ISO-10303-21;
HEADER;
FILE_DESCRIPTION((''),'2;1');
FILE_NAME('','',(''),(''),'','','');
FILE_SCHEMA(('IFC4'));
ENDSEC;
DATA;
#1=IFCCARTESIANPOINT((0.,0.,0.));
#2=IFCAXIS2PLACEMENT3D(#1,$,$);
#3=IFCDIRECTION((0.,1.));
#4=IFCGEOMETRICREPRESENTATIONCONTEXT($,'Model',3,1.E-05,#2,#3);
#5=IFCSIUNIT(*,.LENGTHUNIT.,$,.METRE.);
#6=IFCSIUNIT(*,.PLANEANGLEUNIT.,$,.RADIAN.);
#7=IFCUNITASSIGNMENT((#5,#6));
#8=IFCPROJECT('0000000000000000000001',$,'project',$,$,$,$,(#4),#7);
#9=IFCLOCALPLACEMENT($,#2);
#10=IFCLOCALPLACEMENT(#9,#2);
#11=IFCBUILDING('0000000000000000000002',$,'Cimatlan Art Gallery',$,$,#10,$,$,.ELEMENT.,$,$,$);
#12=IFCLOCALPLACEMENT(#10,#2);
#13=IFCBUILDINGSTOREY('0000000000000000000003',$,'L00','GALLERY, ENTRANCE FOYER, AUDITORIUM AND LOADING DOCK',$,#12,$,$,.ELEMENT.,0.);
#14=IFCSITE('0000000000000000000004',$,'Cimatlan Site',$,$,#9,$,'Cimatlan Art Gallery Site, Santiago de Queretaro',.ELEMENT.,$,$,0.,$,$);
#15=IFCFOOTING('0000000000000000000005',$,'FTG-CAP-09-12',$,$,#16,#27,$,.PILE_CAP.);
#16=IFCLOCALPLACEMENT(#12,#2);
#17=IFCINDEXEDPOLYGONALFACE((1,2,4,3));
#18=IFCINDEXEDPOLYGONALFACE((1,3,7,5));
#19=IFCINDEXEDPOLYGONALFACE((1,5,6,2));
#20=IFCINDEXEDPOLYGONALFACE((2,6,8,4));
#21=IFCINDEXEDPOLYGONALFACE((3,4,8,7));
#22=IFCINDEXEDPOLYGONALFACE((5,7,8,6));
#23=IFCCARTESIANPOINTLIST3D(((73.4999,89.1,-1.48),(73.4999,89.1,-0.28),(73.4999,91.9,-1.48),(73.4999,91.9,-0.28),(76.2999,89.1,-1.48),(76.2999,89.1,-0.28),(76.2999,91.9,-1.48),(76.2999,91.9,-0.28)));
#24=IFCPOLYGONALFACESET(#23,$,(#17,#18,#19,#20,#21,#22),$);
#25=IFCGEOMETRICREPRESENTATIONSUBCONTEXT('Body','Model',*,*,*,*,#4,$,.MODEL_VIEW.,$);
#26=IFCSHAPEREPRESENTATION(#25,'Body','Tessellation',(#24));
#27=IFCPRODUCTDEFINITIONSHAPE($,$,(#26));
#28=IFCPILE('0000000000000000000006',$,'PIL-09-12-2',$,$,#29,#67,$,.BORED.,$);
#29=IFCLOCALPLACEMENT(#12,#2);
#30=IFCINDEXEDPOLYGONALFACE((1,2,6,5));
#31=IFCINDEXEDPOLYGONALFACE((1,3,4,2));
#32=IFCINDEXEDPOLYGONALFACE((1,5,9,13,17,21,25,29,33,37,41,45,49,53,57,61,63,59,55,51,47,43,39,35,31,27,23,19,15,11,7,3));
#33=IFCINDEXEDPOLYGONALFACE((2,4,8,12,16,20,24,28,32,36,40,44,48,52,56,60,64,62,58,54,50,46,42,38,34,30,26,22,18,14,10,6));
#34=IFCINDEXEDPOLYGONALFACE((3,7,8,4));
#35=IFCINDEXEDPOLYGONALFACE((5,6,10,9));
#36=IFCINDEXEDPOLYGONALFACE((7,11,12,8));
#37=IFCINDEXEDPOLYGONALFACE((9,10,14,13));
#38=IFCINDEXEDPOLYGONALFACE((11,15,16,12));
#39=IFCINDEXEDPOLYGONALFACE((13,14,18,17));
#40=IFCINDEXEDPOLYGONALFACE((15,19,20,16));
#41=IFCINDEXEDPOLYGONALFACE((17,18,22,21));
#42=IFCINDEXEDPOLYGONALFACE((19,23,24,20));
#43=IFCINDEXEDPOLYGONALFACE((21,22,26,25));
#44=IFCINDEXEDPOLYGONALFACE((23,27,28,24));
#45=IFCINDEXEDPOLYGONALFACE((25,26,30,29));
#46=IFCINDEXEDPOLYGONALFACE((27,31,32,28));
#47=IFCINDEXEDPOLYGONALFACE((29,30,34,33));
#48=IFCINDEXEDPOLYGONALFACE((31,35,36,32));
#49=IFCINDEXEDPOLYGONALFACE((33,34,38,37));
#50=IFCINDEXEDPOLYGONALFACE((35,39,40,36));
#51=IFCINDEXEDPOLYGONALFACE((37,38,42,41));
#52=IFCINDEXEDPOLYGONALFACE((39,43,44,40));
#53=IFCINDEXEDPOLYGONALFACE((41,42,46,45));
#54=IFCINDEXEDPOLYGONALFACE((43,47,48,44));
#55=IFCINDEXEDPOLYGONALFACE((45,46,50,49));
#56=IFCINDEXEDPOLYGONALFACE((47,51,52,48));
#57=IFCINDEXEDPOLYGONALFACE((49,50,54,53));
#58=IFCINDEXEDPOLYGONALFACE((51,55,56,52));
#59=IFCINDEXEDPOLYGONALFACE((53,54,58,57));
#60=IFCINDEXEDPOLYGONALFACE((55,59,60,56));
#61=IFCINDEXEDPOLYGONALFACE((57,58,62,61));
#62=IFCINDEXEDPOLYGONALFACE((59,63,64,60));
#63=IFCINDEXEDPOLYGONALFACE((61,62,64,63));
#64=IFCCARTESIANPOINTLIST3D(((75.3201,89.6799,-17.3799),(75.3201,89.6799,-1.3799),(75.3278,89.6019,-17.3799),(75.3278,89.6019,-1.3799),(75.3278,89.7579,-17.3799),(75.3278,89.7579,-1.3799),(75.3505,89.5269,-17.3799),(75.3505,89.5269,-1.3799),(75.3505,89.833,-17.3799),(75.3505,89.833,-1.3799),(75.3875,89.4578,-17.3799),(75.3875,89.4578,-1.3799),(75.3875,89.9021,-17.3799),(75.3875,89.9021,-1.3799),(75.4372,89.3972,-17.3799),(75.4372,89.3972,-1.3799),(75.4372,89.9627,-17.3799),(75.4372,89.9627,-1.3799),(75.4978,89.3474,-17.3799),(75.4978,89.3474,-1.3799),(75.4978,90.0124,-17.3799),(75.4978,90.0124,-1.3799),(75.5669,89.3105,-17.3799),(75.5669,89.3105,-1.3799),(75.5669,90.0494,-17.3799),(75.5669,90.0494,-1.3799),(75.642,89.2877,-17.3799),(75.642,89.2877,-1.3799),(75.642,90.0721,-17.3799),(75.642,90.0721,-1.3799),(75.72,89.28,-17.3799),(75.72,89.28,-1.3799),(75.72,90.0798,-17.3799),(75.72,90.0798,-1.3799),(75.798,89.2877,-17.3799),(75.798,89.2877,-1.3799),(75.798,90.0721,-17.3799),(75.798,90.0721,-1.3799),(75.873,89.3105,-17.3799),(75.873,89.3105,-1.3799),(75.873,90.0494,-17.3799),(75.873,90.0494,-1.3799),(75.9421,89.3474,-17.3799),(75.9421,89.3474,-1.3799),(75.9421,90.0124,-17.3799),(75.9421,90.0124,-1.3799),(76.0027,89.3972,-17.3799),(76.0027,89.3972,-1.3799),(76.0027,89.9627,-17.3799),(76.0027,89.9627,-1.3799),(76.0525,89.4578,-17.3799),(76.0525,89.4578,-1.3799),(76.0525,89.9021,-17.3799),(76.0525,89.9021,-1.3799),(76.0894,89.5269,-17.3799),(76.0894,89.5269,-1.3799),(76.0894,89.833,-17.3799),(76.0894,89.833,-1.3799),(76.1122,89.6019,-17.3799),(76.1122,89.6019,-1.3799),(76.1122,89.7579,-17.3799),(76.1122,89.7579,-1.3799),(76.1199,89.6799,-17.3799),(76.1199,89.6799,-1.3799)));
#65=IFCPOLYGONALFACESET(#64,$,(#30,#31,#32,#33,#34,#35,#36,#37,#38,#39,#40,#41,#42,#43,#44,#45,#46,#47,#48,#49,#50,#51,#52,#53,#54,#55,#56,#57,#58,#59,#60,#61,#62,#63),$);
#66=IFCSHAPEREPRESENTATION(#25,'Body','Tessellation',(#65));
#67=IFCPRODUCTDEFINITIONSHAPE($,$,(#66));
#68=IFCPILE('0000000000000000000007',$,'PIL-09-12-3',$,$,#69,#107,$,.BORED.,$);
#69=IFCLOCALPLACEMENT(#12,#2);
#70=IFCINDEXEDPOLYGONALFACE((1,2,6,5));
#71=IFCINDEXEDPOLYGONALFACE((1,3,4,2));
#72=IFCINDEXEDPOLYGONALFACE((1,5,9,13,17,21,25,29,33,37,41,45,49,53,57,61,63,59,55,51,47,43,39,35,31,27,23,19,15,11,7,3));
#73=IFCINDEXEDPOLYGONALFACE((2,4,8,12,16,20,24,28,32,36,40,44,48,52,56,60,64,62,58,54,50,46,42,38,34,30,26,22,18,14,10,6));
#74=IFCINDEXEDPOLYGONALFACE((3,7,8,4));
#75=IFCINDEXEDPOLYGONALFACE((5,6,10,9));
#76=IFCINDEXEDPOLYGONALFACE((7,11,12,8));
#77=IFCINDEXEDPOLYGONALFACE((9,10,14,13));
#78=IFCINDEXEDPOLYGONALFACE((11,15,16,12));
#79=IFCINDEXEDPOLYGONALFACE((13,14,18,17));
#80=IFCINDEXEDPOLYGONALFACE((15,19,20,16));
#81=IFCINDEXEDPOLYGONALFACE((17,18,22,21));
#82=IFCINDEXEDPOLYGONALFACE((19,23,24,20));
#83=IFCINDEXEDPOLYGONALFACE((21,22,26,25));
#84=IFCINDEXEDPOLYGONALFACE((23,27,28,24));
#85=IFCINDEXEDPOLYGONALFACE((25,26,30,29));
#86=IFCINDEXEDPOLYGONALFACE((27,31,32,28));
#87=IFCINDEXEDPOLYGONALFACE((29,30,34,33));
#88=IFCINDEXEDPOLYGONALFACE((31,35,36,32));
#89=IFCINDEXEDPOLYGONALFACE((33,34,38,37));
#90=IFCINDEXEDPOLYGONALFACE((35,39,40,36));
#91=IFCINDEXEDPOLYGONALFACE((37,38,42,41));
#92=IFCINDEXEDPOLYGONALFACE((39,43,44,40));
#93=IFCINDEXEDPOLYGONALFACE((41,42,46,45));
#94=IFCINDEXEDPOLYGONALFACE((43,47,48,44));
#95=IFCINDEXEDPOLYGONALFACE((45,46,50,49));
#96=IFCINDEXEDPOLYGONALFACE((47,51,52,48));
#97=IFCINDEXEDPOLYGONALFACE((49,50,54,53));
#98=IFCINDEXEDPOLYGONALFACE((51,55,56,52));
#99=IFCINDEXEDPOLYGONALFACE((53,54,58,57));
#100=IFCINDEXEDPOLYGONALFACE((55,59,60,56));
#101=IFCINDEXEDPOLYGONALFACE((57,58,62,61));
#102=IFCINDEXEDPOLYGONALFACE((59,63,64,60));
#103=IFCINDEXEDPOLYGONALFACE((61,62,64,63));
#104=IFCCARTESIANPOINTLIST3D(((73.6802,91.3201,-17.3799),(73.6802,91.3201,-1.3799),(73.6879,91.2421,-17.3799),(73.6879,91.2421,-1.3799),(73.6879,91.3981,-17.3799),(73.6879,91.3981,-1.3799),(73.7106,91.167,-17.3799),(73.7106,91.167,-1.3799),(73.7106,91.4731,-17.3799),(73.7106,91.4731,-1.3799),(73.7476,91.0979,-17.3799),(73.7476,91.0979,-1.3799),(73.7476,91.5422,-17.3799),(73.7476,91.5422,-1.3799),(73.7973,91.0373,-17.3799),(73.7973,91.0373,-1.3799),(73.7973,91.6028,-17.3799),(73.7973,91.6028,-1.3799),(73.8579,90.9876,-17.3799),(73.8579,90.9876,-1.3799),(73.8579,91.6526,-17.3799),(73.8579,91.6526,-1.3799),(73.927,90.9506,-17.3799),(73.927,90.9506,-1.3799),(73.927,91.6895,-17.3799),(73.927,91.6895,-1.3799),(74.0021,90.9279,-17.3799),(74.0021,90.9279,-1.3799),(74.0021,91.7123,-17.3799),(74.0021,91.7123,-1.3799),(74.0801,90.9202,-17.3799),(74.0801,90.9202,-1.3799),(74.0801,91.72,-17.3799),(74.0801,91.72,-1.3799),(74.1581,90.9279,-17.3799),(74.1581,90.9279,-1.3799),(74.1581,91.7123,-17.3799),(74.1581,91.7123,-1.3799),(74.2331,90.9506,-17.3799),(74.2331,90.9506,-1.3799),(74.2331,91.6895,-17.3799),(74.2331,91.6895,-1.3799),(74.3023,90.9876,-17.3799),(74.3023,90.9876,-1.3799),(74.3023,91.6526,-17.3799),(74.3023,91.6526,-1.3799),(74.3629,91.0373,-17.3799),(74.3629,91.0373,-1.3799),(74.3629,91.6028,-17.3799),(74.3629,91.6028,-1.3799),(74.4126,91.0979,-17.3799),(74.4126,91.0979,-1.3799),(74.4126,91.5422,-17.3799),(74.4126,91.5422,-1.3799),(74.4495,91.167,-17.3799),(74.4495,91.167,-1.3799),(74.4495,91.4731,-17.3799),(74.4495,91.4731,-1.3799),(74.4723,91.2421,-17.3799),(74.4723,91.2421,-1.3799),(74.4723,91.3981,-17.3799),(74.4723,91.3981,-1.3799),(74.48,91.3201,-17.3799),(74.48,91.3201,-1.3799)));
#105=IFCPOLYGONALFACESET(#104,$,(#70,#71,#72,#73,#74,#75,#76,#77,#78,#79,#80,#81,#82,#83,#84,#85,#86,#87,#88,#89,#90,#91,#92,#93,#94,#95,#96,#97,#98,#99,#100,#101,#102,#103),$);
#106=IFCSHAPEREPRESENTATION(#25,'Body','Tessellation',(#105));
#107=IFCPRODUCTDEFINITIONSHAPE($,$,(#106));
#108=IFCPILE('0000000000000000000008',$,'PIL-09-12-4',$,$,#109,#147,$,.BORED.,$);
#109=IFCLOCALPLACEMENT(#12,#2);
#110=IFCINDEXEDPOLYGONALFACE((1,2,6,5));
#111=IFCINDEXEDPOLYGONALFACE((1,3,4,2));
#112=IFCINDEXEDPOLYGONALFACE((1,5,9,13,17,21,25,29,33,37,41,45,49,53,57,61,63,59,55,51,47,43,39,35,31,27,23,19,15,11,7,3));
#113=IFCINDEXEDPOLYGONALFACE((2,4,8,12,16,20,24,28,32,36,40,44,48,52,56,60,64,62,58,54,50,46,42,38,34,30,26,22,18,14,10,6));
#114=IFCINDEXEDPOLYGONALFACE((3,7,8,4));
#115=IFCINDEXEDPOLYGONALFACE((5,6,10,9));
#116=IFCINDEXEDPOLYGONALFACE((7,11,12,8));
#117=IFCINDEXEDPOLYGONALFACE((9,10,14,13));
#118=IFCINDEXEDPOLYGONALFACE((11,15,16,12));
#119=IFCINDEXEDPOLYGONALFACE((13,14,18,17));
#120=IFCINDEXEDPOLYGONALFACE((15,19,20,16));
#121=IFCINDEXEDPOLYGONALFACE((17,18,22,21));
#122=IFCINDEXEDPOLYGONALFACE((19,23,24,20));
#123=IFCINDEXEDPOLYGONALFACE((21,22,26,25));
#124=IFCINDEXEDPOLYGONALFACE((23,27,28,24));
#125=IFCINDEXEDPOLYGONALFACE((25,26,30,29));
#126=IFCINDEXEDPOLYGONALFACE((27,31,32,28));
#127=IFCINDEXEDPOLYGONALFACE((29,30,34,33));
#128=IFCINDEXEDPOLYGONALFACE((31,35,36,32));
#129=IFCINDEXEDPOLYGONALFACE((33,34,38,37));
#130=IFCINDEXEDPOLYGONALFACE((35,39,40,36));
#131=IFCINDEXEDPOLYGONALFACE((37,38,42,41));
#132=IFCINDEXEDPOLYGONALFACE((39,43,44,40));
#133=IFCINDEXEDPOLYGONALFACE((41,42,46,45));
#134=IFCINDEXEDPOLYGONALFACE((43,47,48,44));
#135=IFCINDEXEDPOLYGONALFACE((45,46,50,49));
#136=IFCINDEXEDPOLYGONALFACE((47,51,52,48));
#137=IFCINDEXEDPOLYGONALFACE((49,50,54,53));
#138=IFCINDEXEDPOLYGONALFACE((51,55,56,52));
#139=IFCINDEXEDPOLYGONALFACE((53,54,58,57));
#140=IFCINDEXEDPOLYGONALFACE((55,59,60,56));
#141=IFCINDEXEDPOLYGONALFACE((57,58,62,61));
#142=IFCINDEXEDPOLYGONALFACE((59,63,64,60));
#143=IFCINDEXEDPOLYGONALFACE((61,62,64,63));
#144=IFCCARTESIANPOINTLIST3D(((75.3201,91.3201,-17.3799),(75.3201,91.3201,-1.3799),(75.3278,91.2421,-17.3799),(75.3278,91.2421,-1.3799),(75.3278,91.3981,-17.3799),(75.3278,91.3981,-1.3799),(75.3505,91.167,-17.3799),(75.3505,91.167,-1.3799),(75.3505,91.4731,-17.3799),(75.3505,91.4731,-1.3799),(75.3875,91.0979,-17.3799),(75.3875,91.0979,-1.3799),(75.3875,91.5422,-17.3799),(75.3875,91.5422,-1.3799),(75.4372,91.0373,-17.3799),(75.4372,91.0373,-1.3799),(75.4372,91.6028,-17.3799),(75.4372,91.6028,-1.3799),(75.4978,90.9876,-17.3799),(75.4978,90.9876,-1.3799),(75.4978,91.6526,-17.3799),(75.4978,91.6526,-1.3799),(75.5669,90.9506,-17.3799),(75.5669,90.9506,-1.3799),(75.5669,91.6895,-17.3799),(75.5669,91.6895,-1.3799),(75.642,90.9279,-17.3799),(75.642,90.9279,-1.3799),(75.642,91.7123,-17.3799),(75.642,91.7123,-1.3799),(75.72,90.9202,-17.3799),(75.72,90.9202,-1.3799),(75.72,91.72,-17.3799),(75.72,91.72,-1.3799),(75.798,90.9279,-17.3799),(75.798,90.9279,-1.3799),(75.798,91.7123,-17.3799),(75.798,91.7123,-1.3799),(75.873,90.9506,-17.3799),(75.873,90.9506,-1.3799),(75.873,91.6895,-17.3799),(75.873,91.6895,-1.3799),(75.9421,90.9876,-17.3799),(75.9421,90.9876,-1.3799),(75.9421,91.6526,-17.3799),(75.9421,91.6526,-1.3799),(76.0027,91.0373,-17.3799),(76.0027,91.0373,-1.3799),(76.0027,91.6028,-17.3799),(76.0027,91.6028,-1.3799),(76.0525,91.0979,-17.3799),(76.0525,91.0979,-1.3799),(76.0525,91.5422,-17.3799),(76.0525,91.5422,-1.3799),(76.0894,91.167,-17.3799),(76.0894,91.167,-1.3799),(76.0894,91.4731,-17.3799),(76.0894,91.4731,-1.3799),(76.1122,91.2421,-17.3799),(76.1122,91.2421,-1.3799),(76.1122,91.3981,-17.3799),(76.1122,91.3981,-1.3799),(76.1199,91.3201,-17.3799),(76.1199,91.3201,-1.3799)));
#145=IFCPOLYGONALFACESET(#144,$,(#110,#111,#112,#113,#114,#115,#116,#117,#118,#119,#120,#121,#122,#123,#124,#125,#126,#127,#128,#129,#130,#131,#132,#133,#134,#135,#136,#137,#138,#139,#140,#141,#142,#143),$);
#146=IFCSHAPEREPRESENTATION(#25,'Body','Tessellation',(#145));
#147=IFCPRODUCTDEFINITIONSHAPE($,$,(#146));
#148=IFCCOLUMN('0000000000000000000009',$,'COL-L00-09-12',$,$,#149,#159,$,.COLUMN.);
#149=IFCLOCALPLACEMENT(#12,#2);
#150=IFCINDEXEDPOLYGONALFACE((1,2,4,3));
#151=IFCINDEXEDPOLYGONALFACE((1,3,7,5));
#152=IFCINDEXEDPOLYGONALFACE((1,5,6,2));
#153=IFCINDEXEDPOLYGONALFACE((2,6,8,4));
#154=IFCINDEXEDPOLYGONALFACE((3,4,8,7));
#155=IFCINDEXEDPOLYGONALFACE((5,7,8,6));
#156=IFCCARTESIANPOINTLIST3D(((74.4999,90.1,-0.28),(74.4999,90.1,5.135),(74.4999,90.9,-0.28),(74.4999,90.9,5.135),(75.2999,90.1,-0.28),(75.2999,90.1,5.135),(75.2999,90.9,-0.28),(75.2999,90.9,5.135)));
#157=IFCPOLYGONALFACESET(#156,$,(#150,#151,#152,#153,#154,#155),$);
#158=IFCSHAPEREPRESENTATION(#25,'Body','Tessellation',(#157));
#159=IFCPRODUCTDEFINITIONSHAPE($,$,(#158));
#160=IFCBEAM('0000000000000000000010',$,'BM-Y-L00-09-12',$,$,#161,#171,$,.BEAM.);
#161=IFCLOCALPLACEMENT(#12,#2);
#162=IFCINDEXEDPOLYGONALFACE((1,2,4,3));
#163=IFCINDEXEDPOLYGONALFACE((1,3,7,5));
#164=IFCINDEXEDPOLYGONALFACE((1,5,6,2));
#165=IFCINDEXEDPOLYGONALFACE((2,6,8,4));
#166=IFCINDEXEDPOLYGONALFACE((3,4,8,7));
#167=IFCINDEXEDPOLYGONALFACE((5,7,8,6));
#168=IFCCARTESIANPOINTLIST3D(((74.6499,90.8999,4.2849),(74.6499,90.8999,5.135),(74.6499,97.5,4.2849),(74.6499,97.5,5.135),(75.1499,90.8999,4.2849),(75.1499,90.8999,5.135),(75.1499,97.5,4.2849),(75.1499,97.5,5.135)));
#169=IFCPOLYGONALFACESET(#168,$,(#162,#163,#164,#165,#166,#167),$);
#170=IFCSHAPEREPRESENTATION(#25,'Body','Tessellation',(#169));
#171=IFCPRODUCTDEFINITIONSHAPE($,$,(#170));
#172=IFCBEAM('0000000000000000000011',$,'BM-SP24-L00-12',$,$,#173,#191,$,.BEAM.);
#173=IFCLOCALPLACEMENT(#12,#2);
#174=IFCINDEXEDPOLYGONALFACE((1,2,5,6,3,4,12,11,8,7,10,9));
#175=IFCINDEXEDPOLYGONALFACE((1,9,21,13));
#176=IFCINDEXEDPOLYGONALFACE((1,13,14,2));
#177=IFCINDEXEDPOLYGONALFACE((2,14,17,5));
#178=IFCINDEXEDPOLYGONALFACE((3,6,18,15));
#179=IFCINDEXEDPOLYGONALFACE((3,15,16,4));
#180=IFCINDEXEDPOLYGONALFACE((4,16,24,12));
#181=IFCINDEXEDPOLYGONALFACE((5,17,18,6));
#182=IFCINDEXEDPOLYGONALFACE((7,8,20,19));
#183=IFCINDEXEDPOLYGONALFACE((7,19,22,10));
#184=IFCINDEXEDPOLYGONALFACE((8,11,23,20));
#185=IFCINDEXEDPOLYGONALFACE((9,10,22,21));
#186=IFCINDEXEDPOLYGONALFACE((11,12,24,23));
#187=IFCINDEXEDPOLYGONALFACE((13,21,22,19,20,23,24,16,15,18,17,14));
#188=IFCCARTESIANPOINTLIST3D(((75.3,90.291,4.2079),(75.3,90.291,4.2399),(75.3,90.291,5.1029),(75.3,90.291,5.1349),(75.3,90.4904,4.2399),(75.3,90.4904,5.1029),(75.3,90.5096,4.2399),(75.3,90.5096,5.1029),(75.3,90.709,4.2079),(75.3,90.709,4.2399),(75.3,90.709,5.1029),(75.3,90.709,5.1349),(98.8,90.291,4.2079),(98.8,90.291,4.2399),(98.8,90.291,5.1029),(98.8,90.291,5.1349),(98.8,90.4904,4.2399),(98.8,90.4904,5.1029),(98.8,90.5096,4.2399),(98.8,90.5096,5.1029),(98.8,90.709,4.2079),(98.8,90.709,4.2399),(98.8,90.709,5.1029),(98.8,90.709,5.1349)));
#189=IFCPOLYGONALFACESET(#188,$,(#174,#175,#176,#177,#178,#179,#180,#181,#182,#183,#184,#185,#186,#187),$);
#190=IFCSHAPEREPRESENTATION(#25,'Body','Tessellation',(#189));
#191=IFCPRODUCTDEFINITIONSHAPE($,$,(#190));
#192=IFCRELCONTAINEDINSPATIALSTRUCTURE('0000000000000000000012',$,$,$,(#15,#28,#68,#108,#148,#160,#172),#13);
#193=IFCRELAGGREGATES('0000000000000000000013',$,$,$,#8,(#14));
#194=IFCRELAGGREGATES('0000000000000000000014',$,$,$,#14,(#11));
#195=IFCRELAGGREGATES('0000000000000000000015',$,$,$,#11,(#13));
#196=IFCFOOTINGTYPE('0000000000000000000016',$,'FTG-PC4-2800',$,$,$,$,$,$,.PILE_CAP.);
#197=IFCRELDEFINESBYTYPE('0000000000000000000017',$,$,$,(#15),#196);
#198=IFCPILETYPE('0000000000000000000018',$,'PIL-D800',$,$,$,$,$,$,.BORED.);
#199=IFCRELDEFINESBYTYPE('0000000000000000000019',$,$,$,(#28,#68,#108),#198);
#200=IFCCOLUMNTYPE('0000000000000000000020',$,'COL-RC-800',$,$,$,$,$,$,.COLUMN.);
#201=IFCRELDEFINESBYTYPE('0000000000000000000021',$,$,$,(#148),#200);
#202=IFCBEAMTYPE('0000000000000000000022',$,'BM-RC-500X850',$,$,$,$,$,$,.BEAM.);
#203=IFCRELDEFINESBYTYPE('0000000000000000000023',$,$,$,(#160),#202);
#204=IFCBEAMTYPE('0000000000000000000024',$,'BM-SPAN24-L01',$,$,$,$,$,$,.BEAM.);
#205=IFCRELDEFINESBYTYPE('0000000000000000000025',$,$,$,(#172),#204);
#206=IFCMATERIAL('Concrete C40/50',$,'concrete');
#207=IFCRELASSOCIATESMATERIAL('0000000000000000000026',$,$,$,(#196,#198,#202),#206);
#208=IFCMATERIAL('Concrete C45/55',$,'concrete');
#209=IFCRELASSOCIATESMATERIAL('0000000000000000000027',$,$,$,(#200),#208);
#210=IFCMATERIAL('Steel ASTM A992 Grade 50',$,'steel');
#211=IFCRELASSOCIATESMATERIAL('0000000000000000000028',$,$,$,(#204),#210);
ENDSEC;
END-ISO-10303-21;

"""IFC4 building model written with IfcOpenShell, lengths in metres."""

from ifc_helpers import new_model, si_unit, direction, frame, origin, origin_2d, place, context, subcontext, project, spatial, rectangle, circle, i_section, extrude, material, material_profile, profile_set, type_object, element, save


model = new_model("IFC4")

# Units and contexts
model_context = context("Model", 3, precision=1e-05, world=origin(), true_north=direction((0.0, 1.0)))
body_context = subcontext(model_context, "Body", "Model", "MODEL_VIEW")
ifc_project = project(units=[si_unit("LENGTHUNIT", "METRE"), si_unit("PLANEANGLEUNIT", "RADIAN")], contexts=[model_context])

# Site, building, storey
site_placement = place(None, origin())
site = spatial("IfcSite", under=ifc_project, at=site_placement, Name="Cimatlan Site", LongName="Cimatlan Art Gallery Site, Santiago de Queretaro", CompositionType="ELEMENT", RefElevation=0.0)
building_placement = place(site_placement, origin())
building = spatial("IfcBuilding", under=site, at=building_placement, Name="Cimatlan Art Gallery", CompositionType="ELEMENT")
storey_placement = place(building_placement, origin())
storey = spatial("IfcBuildingStorey", under=building, at=storey_placement, Name="L00", Description="GALLERY, ENTRANCE FOYER, AUDITORIUM AND LOADING DOCK", CompositionType="ELEMENT", Elevation=0.0)

# Footing
ifc_material_1 = material(Name="Concrete C40/50", Category="concrete")
footing_type = type_object("IfcFootingType", Name="FTG-PC4-2800", PredefinedType="PILE_CAP", material=ifc_material_1)
footing_placement = place(storey_placement, frame((74.8999, 90.5, -1.48), z_axis=(0.0, 0.0, 1.0), x_axis=(1.0, 0.0, 0.0)))
element("IfcFooting", 1, at=footing_placement, inside=storey, type_object=footing_type, Name="FTG-CAP-09-12", PredefinedType="PILE_CAP", context=body_context, shape_type="SweptSolid", body=[
    extrude(rectangle(XDim=2.8, YDim=2.8, at=origin_2d()), origin(), (0.0, 0.0, 1.0), 1.2),
])

# Piles
pile_type = type_object("IfcPileType", Name="PIL-D800", PredefinedType="BORED", material=ifc_material_1)
for number, where, z_axis, x_axis, name in (
    (2, (75.72, 89.6799, -1.3799), (0.0, 0.0, -1.0), (1.0, 0.0, 0.0), "PIL-09-12-2"),
    (3, (74.0801, 91.3201, -1.3799), (0.0, 0.0, -1.0), (1.0, 0.0, 0.0), "PIL-09-12-3"),
    (4, (75.72, 91.3201, -1.3799), (0.0, 0.0, -1.0), (1.0, 0.0, 0.0), "PIL-09-12-4"),
):
    element("IfcPile", number, at=place(storey_placement, frame(where, z_axis=z_axis, x_axis=x_axis)), inside=storey, type_object=pile_type, Name=name, PredefinedType="BORED", context=body_context, shape_type="SweptSolid", body=[
        extrude(circle(Radius=0.3999, at=origin_2d()), origin(), (0.0, 0.0, 1.0), 16.0),
    ])

# Column
ifc_material_2 = material(Name="Concrete C45/55", Category="concrete")
ifc_material_profile_1 = material_profile(ifc_material_2, rectangle(XDim=0.8, YDim=0.8, at=origin_2d()), Name="RC800X800")
ifc_profile_set_1 = profile_set([ifc_material_profile_1], Name="Concrete C45/55")
column_type = type_object("IfcColumnType", Name="COL-RC-800", PredefinedType="COLUMN", material=ifc_profile_set_1)
column_placement = place(storey_placement, frame((74.8999, 90.5, -0.28), z_axis=(0.0, 0.0, 1.0), x_axis=(1.0, 0.0, 0.0)))
element("IfcColumn", 5, at=column_placement, inside=storey, type_object=column_type, Name="COL-L00-09-12", PredefinedType="COLUMN", context=body_context, shape_type="SweptSolid", body=[
    extrude(rectangle(XDim=0.8, YDim=0.8, at=origin_2d()), origin(), (0.0, 0.0, 1.0), 5.415),
])

# Beams
ifc_material_profile_2 = material_profile(ifc_material_1, rectangle(XDim=0.5, YDim=0.8501, at=origin_2d()), Name="RC500X850")
ifc_profile_set_2 = profile_set([ifc_material_profile_2], Name="Concrete C40/50")
beam_type_1 = type_object("IfcBeamType", Name="BM-RC-500X850", PredefinedType="BEAM", material=ifc_profile_set_2)
beam_1_placement = place(storey_placement, frame((74.8999, 90.8999, 4.71), z_axis=(0.0, 1.0, 0.0), x_axis=(-1.0, 0.0, 0.0)))
element("IfcBeam", 6, at=beam_1_placement, inside=storey, type_object=beam_type_1, Name="BM-Y-L00-09-12", PredefinedType="BEAM", context=body_context, shape_type="SweptSolid", body=[
    extrude(rectangle(XDim=0.5, YDim=0.8501, at=origin_2d()), origin(), (0.0, 0.0, 1.0), 6.6001),
])
ifc_material_3 = material(Name="Steel ASTM A992 Grade 50", Category="steel")
ifc_material_profile_3 = material_profile(ifc_material_3, i_section(OverallWidth=0.418, OverallDepth=0.927, WebThickness=0.0193, FlangeThickness=0.032, at=origin_2d()), Name="W36X231")
ifc_profile_set_3 = profile_set([ifc_material_profile_3], Name="Steel ASTM A992 Grade 50")
beam_type_2 = type_object("IfcBeamType", Name="BM-SPAN24-L01", PredefinedType="BEAM", material=ifc_profile_set_3)
beam_2_placement = place(storey_placement, frame((75.3, 90.5, 4.6714), z_axis=(1.0, 0.0, 0.0), x_axis=(0.0, 1.0, 0.0)))
element("IfcBeam", 7, at=beam_2_placement, inside=storey, type_object=beam_type_2, Name="BM-SP24-L00-12", PredefinedType="BEAM", context=body_context, shape_type="SweptSolid", body=[
    extrude(i_section(OverallWidth=0.418, OverallDepth=0.927, WebThickness=0.0193, FlangeThickness=0.032, at=origin_2d()), origin(), (0.0, 0.0, 1.0), 23.5),
])

save(model, "model.ifc")
